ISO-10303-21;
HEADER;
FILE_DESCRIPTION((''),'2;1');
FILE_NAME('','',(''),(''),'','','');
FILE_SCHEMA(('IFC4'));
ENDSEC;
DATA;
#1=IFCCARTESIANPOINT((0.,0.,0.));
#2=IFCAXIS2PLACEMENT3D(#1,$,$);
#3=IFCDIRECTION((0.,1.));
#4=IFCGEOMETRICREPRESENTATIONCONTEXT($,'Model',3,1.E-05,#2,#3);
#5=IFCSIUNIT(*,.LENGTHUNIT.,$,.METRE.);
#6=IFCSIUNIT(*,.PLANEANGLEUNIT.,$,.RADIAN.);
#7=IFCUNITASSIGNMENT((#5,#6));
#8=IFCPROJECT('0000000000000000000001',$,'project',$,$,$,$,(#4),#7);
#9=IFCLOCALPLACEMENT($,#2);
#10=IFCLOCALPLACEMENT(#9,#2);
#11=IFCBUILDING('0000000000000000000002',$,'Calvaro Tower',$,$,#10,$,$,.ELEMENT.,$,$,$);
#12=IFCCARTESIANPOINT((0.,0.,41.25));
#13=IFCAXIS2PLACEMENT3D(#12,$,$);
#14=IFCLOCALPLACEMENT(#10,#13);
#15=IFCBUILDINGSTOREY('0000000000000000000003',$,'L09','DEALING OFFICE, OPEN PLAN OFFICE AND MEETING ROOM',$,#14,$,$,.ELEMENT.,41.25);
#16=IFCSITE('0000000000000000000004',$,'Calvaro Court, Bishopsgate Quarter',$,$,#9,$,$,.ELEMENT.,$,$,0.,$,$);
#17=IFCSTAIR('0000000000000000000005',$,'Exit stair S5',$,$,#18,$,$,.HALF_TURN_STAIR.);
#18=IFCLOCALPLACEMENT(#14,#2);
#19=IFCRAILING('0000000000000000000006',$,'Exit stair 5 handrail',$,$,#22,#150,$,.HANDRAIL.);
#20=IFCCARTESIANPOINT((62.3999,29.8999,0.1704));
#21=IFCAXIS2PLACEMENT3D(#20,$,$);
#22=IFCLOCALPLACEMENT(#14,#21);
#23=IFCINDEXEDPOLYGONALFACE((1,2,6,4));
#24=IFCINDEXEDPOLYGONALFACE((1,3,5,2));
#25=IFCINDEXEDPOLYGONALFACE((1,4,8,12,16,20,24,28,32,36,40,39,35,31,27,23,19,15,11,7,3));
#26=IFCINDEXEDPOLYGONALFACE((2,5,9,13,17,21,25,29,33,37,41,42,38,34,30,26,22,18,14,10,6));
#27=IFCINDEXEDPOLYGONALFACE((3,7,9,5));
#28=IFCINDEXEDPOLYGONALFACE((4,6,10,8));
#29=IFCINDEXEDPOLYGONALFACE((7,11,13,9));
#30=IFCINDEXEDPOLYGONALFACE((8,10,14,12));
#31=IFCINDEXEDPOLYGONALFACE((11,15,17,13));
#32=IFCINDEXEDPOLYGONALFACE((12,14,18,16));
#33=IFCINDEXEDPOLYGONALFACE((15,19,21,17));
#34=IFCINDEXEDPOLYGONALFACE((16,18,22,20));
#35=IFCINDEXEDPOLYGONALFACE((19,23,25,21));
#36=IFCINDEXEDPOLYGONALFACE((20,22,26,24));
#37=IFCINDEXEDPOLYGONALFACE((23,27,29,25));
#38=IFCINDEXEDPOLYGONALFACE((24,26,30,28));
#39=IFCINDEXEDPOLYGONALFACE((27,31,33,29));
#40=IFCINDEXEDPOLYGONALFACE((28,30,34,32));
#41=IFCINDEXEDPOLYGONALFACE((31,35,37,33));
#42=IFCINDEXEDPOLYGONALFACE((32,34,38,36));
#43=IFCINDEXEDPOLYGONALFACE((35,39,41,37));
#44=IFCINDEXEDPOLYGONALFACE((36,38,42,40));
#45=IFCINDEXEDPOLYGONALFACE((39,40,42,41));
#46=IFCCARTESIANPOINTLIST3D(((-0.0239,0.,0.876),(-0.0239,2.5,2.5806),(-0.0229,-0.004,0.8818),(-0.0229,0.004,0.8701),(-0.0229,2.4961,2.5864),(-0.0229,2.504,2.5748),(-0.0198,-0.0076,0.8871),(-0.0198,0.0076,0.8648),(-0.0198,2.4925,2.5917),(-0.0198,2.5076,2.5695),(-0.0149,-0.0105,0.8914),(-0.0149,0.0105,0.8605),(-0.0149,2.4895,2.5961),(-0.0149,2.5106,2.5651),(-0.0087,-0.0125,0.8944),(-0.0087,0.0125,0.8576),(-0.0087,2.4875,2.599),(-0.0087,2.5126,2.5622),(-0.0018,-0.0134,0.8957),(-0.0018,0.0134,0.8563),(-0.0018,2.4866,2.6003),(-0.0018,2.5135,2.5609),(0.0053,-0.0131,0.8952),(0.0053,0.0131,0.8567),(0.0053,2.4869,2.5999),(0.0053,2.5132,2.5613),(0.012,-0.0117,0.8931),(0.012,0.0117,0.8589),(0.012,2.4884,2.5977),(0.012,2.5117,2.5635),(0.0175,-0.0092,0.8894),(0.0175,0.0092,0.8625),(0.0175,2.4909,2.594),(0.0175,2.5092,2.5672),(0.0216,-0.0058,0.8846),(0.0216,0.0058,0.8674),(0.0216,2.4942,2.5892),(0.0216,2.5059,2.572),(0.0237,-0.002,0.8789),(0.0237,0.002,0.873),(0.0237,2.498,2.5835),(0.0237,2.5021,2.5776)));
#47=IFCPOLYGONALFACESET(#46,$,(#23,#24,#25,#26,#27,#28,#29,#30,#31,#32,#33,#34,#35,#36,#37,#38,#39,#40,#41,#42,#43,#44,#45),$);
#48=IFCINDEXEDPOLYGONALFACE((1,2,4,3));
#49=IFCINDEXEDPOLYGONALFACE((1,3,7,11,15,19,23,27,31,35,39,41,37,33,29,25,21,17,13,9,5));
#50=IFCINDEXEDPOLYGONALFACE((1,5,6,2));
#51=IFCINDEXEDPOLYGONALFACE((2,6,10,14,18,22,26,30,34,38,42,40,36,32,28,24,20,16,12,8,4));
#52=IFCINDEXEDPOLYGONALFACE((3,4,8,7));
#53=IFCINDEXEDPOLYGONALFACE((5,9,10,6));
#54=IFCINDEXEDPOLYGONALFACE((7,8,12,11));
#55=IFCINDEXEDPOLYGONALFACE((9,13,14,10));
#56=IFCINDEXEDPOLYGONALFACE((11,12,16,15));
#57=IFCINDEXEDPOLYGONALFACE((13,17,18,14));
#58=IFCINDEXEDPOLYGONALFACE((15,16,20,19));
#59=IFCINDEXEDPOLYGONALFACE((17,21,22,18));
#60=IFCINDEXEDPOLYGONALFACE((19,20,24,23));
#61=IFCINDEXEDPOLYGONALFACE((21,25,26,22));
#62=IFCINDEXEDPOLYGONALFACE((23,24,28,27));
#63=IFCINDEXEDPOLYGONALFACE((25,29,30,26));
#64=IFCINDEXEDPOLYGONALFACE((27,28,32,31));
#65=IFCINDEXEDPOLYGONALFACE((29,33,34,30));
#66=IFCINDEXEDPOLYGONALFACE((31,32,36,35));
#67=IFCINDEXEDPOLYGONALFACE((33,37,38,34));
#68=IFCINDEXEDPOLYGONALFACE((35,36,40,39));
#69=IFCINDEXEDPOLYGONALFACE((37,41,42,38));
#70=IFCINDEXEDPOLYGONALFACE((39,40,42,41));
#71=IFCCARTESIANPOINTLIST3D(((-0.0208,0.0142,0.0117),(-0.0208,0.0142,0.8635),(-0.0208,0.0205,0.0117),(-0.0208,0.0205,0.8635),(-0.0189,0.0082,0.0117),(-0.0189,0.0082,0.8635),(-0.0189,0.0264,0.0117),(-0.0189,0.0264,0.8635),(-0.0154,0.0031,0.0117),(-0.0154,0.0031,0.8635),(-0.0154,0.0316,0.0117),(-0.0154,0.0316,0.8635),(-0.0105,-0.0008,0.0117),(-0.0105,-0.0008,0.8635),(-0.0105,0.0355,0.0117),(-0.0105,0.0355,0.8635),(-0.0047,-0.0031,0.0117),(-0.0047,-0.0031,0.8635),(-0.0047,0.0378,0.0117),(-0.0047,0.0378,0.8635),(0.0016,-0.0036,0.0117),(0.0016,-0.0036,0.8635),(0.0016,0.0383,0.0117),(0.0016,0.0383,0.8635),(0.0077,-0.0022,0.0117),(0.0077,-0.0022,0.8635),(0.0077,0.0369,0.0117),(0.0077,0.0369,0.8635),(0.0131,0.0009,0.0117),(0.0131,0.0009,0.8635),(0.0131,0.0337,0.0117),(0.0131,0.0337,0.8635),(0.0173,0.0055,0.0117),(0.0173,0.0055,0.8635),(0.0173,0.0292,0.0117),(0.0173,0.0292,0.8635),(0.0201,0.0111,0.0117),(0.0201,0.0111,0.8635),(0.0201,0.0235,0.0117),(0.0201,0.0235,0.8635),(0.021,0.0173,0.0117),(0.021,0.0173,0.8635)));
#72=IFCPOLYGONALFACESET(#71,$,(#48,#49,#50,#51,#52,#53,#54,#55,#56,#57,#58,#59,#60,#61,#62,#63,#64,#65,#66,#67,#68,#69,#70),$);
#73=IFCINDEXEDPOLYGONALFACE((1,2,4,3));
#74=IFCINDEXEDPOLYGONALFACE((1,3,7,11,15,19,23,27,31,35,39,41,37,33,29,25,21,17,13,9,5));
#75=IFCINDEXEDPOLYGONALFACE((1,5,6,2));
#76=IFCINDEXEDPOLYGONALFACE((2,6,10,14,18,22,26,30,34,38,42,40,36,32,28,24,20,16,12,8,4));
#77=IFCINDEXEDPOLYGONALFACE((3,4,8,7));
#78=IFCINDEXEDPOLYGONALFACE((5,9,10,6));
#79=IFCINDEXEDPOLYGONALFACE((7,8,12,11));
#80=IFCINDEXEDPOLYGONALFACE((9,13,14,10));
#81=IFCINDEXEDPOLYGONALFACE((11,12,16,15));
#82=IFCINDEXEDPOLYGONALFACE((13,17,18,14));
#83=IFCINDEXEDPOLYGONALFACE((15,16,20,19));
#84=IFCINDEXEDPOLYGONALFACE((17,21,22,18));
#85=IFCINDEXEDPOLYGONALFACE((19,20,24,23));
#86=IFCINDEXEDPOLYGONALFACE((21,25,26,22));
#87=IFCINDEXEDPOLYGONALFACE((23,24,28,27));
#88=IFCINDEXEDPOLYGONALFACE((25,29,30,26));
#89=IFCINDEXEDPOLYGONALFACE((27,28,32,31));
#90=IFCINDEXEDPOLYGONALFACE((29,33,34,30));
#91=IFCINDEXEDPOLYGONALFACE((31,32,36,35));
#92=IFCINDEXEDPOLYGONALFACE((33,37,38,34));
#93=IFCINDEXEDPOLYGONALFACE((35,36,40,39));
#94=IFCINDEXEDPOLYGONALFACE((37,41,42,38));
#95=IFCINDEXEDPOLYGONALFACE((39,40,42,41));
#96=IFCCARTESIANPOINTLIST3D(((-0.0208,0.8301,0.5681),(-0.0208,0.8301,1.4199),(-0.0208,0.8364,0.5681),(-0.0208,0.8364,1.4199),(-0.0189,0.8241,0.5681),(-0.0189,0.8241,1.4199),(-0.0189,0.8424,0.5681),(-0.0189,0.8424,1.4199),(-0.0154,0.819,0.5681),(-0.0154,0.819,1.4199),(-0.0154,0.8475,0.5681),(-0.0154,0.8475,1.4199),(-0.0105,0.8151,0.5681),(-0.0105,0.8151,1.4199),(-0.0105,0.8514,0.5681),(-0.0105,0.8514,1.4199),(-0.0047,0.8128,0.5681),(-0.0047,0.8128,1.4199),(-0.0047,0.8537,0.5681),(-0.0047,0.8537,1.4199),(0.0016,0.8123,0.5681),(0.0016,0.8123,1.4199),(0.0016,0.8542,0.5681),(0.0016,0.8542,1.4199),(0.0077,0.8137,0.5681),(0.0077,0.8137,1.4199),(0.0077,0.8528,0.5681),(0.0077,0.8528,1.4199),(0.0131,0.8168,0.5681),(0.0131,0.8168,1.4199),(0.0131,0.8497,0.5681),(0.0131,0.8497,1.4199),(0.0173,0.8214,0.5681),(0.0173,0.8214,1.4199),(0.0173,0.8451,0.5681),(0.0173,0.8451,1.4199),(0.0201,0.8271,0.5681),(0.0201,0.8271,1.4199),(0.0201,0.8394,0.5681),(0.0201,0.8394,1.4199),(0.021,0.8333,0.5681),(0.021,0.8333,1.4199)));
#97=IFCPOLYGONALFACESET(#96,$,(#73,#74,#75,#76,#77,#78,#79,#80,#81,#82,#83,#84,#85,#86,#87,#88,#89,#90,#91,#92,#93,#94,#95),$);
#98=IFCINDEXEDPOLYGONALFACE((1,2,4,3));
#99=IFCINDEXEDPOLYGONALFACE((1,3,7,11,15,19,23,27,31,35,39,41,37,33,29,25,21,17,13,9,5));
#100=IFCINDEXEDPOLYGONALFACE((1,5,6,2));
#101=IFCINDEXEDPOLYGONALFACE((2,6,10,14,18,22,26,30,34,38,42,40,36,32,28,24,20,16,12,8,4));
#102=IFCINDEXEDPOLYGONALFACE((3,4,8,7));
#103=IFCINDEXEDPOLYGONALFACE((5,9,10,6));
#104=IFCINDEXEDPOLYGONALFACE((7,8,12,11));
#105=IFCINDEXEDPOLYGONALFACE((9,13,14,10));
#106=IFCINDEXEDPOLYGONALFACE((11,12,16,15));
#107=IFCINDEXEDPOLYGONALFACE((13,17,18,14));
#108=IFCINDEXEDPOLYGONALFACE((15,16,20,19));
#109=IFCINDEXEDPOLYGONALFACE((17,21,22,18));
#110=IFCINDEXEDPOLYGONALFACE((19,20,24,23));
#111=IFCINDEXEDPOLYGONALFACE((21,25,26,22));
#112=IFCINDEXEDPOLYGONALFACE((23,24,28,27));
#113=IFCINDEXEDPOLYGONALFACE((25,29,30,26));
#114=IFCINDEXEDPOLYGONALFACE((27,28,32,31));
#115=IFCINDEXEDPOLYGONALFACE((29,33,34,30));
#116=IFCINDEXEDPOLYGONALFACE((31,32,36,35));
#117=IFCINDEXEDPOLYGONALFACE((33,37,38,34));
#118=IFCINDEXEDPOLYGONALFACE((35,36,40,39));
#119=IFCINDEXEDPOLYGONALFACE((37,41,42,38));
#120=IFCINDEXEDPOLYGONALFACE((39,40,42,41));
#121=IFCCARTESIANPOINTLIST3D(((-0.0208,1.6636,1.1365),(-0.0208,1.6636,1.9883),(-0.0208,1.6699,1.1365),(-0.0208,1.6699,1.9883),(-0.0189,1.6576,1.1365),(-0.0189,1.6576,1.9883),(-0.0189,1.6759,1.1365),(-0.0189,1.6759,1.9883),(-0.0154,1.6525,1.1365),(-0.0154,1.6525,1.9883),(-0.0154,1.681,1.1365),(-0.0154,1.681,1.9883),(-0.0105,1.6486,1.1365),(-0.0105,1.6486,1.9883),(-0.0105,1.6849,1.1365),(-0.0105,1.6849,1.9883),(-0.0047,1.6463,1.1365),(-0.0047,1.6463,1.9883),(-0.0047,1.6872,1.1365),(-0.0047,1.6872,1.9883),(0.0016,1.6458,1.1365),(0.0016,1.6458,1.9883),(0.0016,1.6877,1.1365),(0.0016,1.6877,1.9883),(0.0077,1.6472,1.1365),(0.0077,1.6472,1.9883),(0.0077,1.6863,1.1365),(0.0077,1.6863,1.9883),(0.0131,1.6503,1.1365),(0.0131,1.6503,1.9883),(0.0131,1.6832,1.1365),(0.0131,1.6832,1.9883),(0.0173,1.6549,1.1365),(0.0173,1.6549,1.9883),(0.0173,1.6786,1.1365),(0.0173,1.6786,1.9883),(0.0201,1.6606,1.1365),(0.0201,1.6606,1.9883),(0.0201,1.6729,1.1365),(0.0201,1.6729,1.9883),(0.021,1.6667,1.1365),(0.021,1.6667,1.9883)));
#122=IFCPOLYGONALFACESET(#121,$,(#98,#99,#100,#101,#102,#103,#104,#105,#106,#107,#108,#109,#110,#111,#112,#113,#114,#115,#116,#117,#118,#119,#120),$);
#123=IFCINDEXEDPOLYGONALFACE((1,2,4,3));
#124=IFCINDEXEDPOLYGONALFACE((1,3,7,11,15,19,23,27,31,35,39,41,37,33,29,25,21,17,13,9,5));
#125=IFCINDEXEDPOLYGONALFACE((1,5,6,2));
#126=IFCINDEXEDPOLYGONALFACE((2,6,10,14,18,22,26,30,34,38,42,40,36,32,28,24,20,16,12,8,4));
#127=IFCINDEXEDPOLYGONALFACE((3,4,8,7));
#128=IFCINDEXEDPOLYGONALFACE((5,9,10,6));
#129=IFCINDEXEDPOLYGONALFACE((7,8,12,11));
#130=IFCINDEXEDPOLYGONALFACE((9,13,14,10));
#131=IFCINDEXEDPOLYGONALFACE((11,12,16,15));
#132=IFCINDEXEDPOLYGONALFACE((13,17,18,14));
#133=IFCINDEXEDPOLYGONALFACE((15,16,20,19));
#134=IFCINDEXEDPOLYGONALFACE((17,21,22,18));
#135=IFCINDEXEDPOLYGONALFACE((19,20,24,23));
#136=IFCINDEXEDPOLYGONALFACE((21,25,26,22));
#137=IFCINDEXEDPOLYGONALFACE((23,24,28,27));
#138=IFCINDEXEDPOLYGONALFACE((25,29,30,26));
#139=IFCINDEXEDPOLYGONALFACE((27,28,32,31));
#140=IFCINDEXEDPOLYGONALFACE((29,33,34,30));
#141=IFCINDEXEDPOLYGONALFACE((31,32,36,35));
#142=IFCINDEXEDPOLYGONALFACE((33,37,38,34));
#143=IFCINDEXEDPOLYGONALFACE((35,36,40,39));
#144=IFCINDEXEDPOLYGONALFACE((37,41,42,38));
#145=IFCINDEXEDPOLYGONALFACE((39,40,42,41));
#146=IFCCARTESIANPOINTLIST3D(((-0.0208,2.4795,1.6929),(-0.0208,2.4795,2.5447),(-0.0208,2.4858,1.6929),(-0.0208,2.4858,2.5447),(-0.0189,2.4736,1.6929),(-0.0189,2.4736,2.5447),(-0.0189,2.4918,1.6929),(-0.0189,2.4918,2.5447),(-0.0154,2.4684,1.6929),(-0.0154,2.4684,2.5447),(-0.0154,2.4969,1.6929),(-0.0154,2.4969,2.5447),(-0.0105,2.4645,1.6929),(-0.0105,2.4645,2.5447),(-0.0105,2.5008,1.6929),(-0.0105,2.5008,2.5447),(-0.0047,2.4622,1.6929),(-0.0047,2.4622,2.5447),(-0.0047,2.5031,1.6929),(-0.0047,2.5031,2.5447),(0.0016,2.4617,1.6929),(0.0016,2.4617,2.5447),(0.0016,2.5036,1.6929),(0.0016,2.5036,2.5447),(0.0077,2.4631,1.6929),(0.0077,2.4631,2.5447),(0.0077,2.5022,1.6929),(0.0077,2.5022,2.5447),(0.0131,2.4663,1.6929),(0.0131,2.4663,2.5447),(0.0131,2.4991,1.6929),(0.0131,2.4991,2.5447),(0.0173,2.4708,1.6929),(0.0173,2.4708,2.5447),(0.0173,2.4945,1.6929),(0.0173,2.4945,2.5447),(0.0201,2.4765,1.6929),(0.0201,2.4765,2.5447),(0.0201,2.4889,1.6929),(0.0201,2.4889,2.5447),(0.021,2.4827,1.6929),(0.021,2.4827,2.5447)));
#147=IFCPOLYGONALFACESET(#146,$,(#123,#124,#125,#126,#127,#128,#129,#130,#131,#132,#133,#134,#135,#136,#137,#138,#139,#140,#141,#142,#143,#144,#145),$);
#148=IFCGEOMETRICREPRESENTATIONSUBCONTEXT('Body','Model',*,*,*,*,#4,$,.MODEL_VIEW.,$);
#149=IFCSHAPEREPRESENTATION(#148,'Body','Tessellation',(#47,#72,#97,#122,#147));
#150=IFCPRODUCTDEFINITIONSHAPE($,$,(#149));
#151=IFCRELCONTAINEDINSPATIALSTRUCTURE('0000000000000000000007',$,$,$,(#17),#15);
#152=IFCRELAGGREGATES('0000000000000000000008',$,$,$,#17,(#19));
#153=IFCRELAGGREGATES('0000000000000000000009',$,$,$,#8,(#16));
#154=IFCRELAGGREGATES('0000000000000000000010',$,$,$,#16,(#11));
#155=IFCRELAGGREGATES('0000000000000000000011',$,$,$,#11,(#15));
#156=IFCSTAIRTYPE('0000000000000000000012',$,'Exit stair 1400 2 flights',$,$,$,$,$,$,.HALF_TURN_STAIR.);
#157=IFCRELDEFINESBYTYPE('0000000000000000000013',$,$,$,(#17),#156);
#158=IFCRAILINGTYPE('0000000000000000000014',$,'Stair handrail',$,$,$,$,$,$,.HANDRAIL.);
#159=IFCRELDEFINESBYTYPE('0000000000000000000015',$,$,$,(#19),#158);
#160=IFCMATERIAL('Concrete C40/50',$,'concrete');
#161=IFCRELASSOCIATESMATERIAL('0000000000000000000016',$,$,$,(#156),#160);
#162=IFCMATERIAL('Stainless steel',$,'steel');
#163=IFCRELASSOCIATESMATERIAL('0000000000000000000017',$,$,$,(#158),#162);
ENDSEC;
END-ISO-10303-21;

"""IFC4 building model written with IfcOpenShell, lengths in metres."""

from ifc_helpers import new_model, si_unit, direction, frame, origin, origin_2d, place, context, subcontext, project, spatial, circle, extrude, material, type_object, element, aggregate, save


model = new_model("IFC4")

# Units and contexts
model_context = context("Model", 3, precision=1e-05, world=origin(), true_north=direction((0.0, 1.0)))
body_context = subcontext(model_context, "Body", "Model", "MODEL_VIEW")
ifc_project = project(units=[si_unit("LENGTHUNIT", "METRE"), si_unit("PLANEANGLEUNIT", "RADIAN")], contexts=[model_context])

# Site, building, storey
site_placement = place(None, origin())
site = spatial("IfcSite", under=ifc_project, at=site_placement, Name="Calvaro Court, Bishopsgate Quarter", CompositionType="ELEMENT", RefElevation=0.0)
building_placement = place(site_placement, origin())
building = spatial("IfcBuilding", under=site, at=building_placement, Name="Calvaro Tower", CompositionType="ELEMENT")
storey_placement = place(building_placement, frame((0.0, 0.0, 41.25)))
storey = spatial("IfcBuildingStorey", under=building, at=storey_placement, Name="L09", Description="DEALING OFFICE, OPEN PLAN OFFICE AND MEETING ROOM", CompositionType="ELEMENT", Elevation=41.25)

# Stair
ifc_material_1 = material(Name="Concrete C40/50", Category="concrete")
stair_type = type_object("IfcStairType", Name="Exit stair 1400 2 flights", PredefinedType="HALF_TURN_STAIR", material=ifc_material_1)
stair_1_placement = place(storey_placement, origin())
stair_1 = element("IfcStair", 1, at=stair_1_placement, inside=storey, type_object=stair_type, Name="Exit stair S5", PredefinedType="HALF_TURN_STAIR")

# Shared definitions
ifc_material_2 = material(Name="Stainless steel", Category="steel")
railing_type = type_object("IfcRailingType", Name="Stair handrail", PredefinedType="HANDRAIL", material=ifc_material_2)

# Railing
railing_1_placement = place(storey_placement, frame((62.3999, 29.8999, 0.1704)))
railing_1 = element("IfcRailing", 2, at=railing_1_placement, type_object=railing_type, Name="Exit stair 5 handrail", PredefinedType="HANDRAIL", context=body_context, shape_type="SweptSolid", body=[
    extrude(circle(Radius=0.0239, at=origin_2d()), frame((0.0, 0.0, 0.876), z_axis=(0.0, 0.826221, 0.563347), x_axis=(-1.0, 0.0, 0.0)), (0.0, 0.0, 1.0), 3.0259),
    extrude(circle(Radius=0.021, at=origin_2d()), frame((0.0, 0.0173, 0.0117)), (0.0, 0.0, 1.0), 0.8518),
    extrude(circle(Radius=0.021, at=origin_2d()), frame((0.0, 0.8333, 0.5681)), (0.0, 0.0, 1.0), 0.8518),
    extrude(circle(Radius=0.021, at=origin_2d()), frame((0.0, 1.6667, 1.1365)), (0.0, 0.0, 1.0), 0.8518),
    extrude(circle(Radius=0.021, at=origin_2d()), frame((0.0, 2.4827, 1.6929)), (0.0, 0.0, 1.0), 0.8518),
])
aggregate(stair_1, [railing_1])

save(model, "model.ifc")
